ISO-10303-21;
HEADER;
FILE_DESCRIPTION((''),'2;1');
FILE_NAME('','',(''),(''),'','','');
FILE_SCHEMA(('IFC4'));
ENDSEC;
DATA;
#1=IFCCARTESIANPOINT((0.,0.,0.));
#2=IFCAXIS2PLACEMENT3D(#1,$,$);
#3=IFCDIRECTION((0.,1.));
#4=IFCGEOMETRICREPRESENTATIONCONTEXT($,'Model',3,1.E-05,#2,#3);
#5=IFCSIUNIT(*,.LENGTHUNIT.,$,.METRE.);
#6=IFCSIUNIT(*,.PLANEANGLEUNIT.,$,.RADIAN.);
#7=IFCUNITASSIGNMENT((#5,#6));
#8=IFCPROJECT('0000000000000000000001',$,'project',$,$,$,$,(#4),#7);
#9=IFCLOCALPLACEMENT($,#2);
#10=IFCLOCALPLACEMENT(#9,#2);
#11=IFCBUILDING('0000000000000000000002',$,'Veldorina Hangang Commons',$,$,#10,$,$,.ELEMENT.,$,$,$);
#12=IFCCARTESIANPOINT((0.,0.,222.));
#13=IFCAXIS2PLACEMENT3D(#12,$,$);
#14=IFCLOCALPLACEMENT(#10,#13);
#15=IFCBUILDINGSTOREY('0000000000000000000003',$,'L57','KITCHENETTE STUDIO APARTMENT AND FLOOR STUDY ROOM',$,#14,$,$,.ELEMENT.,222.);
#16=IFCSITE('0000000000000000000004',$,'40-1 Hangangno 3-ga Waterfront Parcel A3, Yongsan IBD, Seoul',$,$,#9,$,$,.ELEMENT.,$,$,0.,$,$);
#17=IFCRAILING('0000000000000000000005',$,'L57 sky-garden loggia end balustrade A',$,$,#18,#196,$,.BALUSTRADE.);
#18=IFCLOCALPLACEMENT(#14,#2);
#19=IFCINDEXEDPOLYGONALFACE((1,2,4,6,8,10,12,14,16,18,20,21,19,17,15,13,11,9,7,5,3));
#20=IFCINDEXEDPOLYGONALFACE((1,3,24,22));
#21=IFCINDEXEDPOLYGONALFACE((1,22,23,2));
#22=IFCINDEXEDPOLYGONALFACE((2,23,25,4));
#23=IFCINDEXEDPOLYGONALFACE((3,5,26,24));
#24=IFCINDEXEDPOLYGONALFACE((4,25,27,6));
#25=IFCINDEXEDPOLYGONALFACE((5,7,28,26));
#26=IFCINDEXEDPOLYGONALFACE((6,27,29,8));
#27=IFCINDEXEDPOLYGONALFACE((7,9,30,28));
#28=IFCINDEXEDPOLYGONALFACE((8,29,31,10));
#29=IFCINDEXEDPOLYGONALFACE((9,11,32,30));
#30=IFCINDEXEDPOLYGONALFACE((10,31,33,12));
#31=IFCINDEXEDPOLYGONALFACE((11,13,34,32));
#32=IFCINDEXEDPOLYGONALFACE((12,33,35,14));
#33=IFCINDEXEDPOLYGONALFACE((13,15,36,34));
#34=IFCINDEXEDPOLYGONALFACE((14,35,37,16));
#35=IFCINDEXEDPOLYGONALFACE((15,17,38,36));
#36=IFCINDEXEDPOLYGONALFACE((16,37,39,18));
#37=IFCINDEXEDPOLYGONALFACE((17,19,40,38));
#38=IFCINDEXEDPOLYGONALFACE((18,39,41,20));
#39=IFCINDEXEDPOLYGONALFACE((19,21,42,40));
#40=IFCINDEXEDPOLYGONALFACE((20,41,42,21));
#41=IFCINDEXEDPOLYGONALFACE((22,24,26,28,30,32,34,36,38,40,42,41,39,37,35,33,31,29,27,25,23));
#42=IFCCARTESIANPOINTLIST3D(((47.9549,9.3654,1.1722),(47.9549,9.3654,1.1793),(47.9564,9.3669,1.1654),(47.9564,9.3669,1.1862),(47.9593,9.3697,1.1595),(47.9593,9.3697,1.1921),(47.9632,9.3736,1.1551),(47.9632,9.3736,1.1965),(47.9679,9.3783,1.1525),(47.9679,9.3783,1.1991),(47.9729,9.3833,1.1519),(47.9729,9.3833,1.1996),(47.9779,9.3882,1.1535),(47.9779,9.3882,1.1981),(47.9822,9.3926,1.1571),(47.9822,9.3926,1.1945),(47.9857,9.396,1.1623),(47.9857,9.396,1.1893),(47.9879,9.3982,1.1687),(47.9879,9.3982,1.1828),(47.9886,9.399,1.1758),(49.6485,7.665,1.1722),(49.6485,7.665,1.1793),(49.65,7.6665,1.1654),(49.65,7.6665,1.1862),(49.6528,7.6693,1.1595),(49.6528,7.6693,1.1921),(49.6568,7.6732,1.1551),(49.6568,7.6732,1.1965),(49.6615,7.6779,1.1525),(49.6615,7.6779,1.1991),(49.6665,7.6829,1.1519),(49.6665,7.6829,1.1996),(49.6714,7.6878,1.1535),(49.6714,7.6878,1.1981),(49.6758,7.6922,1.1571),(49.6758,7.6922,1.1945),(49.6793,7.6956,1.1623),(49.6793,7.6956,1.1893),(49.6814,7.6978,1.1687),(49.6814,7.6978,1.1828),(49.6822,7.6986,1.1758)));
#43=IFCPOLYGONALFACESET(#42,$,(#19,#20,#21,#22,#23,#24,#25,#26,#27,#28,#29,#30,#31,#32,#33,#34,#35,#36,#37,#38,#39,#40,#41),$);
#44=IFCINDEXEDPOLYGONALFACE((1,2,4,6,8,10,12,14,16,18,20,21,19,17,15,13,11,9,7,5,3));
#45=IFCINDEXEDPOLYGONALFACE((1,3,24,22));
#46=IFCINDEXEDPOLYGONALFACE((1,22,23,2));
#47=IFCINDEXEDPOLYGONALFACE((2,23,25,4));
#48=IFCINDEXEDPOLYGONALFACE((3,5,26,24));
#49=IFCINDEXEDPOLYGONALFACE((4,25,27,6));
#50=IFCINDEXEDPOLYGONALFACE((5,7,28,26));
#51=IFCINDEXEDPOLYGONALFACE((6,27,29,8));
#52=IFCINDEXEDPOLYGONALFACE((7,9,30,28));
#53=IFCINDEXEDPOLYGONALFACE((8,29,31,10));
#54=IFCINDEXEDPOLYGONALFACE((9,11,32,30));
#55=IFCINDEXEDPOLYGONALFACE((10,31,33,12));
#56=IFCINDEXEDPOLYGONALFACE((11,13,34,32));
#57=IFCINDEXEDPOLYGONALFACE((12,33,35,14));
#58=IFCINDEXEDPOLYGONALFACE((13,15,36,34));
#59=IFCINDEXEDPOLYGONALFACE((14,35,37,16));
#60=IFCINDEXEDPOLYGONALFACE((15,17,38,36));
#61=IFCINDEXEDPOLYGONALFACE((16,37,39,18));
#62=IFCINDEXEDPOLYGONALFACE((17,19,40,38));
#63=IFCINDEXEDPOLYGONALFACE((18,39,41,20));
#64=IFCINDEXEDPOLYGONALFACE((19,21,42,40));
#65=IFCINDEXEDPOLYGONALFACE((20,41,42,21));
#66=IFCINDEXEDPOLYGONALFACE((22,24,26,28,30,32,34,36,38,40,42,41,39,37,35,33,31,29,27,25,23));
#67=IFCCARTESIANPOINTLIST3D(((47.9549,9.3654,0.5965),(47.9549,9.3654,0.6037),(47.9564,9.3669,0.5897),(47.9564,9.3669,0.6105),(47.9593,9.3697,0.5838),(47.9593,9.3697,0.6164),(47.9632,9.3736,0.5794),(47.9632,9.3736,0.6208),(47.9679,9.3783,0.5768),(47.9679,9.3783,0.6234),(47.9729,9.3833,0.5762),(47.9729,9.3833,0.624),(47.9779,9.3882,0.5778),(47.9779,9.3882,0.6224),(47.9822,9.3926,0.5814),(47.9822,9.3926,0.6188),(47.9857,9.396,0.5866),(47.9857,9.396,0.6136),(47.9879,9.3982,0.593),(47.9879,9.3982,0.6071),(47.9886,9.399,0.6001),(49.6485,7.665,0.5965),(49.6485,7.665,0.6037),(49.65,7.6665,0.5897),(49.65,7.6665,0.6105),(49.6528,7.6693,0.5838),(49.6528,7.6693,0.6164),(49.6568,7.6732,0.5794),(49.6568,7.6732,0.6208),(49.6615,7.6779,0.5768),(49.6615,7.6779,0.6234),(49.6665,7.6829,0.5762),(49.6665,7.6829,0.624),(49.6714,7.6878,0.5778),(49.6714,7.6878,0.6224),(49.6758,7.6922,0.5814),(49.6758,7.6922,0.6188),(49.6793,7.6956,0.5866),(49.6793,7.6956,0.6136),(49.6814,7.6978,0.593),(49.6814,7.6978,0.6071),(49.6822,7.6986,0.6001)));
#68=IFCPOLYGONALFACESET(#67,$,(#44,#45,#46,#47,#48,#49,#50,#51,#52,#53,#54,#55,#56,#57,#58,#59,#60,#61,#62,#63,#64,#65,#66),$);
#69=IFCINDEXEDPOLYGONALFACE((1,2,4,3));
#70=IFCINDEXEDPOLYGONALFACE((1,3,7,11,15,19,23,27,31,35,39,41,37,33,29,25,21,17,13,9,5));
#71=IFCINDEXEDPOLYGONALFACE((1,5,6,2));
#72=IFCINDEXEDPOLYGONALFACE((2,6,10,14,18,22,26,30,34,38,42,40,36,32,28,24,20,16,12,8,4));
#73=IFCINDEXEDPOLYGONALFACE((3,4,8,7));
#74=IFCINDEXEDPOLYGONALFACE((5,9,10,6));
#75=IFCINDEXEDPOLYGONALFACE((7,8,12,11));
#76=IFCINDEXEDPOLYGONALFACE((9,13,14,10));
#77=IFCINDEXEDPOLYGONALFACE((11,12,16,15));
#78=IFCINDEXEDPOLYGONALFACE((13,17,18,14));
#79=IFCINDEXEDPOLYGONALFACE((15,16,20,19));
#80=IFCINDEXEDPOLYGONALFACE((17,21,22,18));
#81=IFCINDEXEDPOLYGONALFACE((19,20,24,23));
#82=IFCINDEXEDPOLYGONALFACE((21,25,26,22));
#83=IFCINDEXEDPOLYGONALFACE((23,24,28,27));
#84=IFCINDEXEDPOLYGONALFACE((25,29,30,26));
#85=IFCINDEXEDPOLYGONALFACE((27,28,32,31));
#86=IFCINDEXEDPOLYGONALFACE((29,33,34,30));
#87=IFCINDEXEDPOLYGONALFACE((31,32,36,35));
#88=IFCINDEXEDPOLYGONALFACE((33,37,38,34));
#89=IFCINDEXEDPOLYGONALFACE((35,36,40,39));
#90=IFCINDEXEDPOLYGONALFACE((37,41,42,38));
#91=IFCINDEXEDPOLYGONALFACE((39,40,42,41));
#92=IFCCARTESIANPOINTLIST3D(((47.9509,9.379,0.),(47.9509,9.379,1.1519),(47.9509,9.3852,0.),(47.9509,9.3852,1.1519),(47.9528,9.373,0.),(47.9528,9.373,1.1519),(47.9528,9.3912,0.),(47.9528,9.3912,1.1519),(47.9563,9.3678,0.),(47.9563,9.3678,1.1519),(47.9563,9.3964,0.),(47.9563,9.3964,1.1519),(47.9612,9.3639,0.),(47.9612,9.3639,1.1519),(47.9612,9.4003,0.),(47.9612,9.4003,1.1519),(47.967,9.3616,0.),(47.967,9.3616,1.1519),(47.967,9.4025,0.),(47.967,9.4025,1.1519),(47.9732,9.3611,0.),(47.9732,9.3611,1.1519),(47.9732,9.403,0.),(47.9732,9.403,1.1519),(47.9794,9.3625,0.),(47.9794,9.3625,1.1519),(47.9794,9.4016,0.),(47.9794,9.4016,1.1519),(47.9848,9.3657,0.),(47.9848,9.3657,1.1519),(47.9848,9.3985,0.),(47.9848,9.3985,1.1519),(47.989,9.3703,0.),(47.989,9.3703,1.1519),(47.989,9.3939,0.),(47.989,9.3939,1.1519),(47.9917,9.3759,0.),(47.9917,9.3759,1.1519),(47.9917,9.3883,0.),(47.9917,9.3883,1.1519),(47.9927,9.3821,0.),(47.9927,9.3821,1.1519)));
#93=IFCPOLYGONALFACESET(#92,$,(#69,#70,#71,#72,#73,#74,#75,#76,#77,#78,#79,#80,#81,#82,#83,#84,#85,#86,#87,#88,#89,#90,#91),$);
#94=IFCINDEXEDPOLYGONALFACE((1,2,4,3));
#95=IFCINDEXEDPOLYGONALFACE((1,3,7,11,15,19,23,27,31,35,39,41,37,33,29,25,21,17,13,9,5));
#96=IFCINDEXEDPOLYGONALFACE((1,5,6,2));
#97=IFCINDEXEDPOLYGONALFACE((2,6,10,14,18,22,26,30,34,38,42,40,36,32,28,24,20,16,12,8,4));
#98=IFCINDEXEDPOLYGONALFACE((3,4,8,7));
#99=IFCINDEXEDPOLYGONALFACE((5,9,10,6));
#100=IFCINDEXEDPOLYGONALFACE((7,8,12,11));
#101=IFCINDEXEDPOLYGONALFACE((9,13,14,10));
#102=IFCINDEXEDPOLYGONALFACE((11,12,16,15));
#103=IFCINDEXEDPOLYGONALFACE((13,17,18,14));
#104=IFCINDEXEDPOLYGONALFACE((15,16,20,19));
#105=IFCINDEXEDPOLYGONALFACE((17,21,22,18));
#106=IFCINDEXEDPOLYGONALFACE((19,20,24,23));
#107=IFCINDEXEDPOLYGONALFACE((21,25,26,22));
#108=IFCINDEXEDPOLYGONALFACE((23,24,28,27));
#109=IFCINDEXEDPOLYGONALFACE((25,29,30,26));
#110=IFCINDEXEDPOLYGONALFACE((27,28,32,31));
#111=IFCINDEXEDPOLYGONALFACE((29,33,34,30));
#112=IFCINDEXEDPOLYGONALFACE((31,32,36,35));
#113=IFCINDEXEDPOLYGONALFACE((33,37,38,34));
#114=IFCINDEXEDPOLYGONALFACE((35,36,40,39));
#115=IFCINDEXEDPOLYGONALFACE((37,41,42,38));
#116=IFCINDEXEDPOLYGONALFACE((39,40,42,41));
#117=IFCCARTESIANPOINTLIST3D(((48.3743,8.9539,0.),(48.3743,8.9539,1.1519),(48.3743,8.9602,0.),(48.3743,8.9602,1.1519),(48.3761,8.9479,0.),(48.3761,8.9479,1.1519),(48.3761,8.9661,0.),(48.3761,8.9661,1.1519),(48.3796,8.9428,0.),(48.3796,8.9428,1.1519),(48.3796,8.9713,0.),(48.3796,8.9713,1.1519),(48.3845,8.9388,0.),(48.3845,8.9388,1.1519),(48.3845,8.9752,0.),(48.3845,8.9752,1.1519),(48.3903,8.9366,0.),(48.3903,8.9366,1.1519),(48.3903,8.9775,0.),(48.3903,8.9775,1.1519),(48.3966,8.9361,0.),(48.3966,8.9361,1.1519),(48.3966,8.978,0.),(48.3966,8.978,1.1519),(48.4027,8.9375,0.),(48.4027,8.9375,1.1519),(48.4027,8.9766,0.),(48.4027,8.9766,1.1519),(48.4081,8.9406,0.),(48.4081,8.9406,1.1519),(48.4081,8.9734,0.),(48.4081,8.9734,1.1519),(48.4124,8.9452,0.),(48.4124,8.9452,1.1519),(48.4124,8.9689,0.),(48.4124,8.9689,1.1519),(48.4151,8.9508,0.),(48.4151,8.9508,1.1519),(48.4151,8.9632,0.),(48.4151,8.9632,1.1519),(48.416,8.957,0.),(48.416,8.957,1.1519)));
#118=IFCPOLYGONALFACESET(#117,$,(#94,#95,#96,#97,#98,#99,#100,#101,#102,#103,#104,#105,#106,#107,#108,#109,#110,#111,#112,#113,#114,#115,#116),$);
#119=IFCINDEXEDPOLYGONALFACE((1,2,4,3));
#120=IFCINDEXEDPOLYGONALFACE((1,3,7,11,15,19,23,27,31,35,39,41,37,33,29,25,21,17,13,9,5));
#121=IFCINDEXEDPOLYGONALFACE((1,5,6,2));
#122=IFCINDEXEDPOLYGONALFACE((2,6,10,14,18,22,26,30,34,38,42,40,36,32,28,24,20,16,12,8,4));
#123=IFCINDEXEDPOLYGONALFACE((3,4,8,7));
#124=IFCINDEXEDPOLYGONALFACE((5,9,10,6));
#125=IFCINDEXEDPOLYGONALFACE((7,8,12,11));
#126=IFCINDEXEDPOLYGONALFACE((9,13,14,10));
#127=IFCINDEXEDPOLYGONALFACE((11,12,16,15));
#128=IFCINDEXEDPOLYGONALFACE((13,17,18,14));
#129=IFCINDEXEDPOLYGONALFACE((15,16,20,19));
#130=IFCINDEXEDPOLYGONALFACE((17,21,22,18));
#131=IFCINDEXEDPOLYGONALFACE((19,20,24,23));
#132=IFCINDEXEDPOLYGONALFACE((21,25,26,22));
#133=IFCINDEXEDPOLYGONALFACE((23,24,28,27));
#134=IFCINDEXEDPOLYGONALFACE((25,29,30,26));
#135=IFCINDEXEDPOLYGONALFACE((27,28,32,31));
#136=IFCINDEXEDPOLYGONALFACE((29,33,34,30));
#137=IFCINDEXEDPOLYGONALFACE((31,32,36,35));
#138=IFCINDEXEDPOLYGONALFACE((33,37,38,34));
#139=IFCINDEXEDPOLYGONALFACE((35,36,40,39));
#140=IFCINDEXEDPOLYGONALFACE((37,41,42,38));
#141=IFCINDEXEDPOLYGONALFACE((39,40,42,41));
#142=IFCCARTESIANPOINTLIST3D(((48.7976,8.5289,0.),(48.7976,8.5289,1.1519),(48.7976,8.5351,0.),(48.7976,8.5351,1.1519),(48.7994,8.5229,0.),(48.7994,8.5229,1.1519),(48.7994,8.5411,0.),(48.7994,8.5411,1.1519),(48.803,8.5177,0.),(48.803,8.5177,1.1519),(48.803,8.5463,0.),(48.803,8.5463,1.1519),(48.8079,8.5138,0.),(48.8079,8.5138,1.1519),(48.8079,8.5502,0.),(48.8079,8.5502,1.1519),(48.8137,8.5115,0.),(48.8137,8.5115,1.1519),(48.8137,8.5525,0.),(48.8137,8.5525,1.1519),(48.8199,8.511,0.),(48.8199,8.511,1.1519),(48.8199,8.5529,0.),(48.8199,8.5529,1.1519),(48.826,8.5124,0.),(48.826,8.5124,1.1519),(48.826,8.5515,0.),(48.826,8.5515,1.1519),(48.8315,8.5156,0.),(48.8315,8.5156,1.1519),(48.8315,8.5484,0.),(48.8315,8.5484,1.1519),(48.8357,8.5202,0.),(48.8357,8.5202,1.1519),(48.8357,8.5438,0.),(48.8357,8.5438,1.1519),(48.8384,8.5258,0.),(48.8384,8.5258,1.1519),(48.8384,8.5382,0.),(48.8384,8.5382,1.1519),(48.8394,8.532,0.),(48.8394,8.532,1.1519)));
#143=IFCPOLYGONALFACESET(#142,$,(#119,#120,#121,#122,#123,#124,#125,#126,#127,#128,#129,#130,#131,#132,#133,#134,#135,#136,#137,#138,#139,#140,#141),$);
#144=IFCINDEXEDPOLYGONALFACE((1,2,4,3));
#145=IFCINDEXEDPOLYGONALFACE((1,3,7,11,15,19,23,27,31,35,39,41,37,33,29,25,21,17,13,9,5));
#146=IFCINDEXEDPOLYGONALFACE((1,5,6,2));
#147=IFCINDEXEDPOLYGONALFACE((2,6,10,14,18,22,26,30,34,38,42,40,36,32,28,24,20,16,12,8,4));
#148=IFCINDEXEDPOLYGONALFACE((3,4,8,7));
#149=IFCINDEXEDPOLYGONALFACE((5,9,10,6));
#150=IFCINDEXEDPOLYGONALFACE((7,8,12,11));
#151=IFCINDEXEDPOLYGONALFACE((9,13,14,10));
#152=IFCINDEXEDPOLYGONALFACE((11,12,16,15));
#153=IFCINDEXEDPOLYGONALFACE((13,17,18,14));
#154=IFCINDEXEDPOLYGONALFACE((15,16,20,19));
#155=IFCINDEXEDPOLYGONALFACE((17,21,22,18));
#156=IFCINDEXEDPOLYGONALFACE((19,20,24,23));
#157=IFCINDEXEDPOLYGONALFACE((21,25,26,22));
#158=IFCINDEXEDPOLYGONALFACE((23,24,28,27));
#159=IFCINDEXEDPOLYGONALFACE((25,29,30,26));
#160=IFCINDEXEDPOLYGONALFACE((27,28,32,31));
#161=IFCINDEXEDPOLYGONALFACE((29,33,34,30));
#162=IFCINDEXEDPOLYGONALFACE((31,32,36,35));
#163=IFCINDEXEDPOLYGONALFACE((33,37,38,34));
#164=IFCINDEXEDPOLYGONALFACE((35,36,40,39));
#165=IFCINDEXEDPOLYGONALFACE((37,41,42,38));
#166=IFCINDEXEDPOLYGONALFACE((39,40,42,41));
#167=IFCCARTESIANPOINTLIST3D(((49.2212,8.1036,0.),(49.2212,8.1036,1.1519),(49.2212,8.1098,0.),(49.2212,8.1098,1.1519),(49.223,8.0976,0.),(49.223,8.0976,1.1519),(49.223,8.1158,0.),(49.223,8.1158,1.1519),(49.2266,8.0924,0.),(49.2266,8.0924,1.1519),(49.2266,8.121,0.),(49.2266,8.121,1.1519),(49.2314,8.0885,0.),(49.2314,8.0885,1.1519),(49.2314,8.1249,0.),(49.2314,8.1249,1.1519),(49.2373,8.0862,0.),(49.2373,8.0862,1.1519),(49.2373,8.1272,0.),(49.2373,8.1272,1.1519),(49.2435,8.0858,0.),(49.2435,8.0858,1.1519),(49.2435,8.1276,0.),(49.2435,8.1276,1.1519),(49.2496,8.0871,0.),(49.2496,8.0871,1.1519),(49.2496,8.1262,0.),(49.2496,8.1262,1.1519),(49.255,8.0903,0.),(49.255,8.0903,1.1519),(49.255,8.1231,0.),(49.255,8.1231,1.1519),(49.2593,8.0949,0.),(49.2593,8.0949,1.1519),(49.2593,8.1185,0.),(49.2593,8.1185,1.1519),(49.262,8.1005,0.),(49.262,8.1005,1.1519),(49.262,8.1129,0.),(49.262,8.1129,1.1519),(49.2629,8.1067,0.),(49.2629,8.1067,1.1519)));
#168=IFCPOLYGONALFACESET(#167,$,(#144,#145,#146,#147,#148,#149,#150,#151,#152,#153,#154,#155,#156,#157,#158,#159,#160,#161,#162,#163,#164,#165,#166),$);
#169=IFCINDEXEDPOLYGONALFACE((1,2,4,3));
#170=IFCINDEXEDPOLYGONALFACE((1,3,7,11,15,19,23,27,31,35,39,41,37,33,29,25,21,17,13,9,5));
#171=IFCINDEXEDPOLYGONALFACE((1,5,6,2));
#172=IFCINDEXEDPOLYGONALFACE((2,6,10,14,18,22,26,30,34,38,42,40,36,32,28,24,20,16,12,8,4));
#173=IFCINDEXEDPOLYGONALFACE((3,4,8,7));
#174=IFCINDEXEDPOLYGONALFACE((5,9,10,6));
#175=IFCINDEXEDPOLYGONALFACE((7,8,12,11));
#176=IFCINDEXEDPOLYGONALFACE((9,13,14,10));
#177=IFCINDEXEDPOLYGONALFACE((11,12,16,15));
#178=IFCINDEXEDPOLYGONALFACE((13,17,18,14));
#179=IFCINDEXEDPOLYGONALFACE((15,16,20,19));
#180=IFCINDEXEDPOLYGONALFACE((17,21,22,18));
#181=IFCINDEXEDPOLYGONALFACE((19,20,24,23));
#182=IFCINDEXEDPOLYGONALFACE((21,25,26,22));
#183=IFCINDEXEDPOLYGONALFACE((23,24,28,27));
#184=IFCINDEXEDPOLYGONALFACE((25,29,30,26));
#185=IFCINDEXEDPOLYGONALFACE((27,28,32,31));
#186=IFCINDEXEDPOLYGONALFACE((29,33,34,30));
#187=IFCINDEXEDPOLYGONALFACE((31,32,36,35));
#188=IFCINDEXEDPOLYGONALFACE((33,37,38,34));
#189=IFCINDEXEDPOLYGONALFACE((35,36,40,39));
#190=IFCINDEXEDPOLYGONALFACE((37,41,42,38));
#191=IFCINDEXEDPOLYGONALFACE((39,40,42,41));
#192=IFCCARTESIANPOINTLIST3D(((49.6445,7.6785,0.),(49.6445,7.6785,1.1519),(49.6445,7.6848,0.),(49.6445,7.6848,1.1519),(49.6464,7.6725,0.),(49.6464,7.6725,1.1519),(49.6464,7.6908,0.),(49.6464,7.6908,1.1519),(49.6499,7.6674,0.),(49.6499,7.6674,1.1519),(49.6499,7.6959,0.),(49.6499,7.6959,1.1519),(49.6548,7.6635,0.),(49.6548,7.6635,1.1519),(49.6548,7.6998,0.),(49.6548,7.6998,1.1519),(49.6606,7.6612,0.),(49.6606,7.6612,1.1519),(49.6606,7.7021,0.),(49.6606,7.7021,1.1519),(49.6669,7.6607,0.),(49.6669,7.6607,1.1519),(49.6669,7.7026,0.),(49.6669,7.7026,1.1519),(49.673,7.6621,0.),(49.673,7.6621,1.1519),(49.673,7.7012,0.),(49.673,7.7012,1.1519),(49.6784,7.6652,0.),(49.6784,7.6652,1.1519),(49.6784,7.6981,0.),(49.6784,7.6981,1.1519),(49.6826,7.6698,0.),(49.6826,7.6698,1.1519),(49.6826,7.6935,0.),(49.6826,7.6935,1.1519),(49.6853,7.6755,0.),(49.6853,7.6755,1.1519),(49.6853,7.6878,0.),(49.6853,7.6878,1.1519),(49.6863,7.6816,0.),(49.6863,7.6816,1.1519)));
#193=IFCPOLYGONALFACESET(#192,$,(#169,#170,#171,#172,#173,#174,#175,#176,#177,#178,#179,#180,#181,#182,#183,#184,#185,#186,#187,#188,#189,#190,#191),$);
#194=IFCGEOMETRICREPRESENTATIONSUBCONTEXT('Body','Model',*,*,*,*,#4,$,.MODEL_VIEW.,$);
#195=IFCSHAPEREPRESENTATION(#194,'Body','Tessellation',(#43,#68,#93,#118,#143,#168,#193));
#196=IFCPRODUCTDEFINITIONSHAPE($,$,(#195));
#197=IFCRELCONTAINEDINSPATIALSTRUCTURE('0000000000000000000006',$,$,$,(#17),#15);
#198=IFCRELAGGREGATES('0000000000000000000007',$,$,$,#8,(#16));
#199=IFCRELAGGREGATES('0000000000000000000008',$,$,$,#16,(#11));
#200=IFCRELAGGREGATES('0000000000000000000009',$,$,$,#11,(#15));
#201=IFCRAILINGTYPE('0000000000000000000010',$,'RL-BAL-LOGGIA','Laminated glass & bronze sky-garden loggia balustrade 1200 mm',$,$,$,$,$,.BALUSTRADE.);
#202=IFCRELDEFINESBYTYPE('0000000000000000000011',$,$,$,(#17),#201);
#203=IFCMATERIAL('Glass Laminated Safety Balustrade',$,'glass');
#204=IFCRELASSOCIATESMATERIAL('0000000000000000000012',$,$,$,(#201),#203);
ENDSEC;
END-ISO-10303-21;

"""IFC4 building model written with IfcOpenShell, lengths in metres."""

from ifc_helpers import new_model, si_unit, direction, frame, origin, origin_2d, place, context, subcontext, project, spatial, circle, extrude, material, type_object, element, save


model = new_model("IFC4")

# Units and contexts
model_context = context("Model", 3, precision=1e-05, world=origin(), true_north=direction((0.0, 1.0)))
body_context = subcontext(model_context, "Body", "Model", "MODEL_VIEW")
ifc_project = project(units=[si_unit("LENGTHUNIT", "METRE"), si_unit("PLANEANGLEUNIT", "RADIAN")], contexts=[model_context])

# Site, building, storey
site_placement = place(None, origin())
site = spatial("IfcSite", under=ifc_project, at=site_placement, Name="40-1 Hangangno 3-ga Waterfront Parcel A3, Yongsan IBD, Seoul", CompositionType="ELEMENT", RefElevation=0.0)
building_placement = place(site_placement, origin())
building = spatial("IfcBuilding", under=site, at=building_placement, Name="Veldorina Hangang Commons", CompositionType="ELEMENT")
storey_placement = place(building_placement, frame((0.0, 0.0, 222.0)))
storey = spatial("IfcBuildingStorey", under=building, at=storey_placement, Name="L57", Description="KITCHENETTE STUDIO APARTMENT AND FLOOR STUDY ROOM", CompositionType="ELEMENT", Elevation=222.0)

# Railing
ifc_material_1 = material(Name="Glass Laminated Safety Balustrade", Category="glass")
railing_type = type_object("IfcRailingType", Name="RL-BAL-LOGGIA", Description="Laminated glass & bronze sky-garden loggia balustrade 1200 mm", PredefinedType="BALUSTRADE", material=ifc_material_1)
railing_1_placement = place(storey_placement, frame((47.9717, 9.3821, 0.0)))
element("IfcRailing", 1, at=railing_1_placement, inside=storey, type_object=railing_type, Name="L57 sky-garden loggia end balustrade A", PredefinedType="BALUSTRADE", context=body_context, shape_type="SweptSolid", body=[
    extrude(circle(Radius=0.0239, at=origin_2d()), frame((0.0, 0.0, 1.1758), z_axis=(0.705681, -0.70853, 0.0), x_axis=(0.70853, 0.705681, 0.0)), (0.0, 0.0, 1.0), 2.3999),
    extrude(circle(Radius=0.0239, at=origin_2d()), frame((0.0, 0.0, 0.6001), z_axis=(0.705681, -0.70853, 0.0), x_axis=(0.70853, 0.705681, 0.0)), (0.0, 0.0, 1.0), 2.3999),
    extrude(circle(Radius=0.021, at=origin_2d()), origin(), (0.0, 0.0, 1.0), 1.1519),
    extrude(circle(Radius=0.021, at=origin_2d()), frame((0.4233, -0.425, 0.0)), (0.0, 0.0, 1.0), 1.1519),
    extrude(circle(Radius=0.021, at=origin_2d()), frame((0.8467, -0.8501, 0.0)), (0.0, 0.0, 1.0), 1.1519),
    extrude(circle(Radius=0.021, at=origin_2d()), frame((1.2703, -1.2754, 0.0)), (0.0, 0.0, 1.0), 1.1519),
    extrude(circle(Radius=0.021, at=origin_2d()), frame((1.6936, -1.7004, 0.0)), (0.0, 0.0, 1.0), 1.1519),
])

save(model, "model.ifc")
